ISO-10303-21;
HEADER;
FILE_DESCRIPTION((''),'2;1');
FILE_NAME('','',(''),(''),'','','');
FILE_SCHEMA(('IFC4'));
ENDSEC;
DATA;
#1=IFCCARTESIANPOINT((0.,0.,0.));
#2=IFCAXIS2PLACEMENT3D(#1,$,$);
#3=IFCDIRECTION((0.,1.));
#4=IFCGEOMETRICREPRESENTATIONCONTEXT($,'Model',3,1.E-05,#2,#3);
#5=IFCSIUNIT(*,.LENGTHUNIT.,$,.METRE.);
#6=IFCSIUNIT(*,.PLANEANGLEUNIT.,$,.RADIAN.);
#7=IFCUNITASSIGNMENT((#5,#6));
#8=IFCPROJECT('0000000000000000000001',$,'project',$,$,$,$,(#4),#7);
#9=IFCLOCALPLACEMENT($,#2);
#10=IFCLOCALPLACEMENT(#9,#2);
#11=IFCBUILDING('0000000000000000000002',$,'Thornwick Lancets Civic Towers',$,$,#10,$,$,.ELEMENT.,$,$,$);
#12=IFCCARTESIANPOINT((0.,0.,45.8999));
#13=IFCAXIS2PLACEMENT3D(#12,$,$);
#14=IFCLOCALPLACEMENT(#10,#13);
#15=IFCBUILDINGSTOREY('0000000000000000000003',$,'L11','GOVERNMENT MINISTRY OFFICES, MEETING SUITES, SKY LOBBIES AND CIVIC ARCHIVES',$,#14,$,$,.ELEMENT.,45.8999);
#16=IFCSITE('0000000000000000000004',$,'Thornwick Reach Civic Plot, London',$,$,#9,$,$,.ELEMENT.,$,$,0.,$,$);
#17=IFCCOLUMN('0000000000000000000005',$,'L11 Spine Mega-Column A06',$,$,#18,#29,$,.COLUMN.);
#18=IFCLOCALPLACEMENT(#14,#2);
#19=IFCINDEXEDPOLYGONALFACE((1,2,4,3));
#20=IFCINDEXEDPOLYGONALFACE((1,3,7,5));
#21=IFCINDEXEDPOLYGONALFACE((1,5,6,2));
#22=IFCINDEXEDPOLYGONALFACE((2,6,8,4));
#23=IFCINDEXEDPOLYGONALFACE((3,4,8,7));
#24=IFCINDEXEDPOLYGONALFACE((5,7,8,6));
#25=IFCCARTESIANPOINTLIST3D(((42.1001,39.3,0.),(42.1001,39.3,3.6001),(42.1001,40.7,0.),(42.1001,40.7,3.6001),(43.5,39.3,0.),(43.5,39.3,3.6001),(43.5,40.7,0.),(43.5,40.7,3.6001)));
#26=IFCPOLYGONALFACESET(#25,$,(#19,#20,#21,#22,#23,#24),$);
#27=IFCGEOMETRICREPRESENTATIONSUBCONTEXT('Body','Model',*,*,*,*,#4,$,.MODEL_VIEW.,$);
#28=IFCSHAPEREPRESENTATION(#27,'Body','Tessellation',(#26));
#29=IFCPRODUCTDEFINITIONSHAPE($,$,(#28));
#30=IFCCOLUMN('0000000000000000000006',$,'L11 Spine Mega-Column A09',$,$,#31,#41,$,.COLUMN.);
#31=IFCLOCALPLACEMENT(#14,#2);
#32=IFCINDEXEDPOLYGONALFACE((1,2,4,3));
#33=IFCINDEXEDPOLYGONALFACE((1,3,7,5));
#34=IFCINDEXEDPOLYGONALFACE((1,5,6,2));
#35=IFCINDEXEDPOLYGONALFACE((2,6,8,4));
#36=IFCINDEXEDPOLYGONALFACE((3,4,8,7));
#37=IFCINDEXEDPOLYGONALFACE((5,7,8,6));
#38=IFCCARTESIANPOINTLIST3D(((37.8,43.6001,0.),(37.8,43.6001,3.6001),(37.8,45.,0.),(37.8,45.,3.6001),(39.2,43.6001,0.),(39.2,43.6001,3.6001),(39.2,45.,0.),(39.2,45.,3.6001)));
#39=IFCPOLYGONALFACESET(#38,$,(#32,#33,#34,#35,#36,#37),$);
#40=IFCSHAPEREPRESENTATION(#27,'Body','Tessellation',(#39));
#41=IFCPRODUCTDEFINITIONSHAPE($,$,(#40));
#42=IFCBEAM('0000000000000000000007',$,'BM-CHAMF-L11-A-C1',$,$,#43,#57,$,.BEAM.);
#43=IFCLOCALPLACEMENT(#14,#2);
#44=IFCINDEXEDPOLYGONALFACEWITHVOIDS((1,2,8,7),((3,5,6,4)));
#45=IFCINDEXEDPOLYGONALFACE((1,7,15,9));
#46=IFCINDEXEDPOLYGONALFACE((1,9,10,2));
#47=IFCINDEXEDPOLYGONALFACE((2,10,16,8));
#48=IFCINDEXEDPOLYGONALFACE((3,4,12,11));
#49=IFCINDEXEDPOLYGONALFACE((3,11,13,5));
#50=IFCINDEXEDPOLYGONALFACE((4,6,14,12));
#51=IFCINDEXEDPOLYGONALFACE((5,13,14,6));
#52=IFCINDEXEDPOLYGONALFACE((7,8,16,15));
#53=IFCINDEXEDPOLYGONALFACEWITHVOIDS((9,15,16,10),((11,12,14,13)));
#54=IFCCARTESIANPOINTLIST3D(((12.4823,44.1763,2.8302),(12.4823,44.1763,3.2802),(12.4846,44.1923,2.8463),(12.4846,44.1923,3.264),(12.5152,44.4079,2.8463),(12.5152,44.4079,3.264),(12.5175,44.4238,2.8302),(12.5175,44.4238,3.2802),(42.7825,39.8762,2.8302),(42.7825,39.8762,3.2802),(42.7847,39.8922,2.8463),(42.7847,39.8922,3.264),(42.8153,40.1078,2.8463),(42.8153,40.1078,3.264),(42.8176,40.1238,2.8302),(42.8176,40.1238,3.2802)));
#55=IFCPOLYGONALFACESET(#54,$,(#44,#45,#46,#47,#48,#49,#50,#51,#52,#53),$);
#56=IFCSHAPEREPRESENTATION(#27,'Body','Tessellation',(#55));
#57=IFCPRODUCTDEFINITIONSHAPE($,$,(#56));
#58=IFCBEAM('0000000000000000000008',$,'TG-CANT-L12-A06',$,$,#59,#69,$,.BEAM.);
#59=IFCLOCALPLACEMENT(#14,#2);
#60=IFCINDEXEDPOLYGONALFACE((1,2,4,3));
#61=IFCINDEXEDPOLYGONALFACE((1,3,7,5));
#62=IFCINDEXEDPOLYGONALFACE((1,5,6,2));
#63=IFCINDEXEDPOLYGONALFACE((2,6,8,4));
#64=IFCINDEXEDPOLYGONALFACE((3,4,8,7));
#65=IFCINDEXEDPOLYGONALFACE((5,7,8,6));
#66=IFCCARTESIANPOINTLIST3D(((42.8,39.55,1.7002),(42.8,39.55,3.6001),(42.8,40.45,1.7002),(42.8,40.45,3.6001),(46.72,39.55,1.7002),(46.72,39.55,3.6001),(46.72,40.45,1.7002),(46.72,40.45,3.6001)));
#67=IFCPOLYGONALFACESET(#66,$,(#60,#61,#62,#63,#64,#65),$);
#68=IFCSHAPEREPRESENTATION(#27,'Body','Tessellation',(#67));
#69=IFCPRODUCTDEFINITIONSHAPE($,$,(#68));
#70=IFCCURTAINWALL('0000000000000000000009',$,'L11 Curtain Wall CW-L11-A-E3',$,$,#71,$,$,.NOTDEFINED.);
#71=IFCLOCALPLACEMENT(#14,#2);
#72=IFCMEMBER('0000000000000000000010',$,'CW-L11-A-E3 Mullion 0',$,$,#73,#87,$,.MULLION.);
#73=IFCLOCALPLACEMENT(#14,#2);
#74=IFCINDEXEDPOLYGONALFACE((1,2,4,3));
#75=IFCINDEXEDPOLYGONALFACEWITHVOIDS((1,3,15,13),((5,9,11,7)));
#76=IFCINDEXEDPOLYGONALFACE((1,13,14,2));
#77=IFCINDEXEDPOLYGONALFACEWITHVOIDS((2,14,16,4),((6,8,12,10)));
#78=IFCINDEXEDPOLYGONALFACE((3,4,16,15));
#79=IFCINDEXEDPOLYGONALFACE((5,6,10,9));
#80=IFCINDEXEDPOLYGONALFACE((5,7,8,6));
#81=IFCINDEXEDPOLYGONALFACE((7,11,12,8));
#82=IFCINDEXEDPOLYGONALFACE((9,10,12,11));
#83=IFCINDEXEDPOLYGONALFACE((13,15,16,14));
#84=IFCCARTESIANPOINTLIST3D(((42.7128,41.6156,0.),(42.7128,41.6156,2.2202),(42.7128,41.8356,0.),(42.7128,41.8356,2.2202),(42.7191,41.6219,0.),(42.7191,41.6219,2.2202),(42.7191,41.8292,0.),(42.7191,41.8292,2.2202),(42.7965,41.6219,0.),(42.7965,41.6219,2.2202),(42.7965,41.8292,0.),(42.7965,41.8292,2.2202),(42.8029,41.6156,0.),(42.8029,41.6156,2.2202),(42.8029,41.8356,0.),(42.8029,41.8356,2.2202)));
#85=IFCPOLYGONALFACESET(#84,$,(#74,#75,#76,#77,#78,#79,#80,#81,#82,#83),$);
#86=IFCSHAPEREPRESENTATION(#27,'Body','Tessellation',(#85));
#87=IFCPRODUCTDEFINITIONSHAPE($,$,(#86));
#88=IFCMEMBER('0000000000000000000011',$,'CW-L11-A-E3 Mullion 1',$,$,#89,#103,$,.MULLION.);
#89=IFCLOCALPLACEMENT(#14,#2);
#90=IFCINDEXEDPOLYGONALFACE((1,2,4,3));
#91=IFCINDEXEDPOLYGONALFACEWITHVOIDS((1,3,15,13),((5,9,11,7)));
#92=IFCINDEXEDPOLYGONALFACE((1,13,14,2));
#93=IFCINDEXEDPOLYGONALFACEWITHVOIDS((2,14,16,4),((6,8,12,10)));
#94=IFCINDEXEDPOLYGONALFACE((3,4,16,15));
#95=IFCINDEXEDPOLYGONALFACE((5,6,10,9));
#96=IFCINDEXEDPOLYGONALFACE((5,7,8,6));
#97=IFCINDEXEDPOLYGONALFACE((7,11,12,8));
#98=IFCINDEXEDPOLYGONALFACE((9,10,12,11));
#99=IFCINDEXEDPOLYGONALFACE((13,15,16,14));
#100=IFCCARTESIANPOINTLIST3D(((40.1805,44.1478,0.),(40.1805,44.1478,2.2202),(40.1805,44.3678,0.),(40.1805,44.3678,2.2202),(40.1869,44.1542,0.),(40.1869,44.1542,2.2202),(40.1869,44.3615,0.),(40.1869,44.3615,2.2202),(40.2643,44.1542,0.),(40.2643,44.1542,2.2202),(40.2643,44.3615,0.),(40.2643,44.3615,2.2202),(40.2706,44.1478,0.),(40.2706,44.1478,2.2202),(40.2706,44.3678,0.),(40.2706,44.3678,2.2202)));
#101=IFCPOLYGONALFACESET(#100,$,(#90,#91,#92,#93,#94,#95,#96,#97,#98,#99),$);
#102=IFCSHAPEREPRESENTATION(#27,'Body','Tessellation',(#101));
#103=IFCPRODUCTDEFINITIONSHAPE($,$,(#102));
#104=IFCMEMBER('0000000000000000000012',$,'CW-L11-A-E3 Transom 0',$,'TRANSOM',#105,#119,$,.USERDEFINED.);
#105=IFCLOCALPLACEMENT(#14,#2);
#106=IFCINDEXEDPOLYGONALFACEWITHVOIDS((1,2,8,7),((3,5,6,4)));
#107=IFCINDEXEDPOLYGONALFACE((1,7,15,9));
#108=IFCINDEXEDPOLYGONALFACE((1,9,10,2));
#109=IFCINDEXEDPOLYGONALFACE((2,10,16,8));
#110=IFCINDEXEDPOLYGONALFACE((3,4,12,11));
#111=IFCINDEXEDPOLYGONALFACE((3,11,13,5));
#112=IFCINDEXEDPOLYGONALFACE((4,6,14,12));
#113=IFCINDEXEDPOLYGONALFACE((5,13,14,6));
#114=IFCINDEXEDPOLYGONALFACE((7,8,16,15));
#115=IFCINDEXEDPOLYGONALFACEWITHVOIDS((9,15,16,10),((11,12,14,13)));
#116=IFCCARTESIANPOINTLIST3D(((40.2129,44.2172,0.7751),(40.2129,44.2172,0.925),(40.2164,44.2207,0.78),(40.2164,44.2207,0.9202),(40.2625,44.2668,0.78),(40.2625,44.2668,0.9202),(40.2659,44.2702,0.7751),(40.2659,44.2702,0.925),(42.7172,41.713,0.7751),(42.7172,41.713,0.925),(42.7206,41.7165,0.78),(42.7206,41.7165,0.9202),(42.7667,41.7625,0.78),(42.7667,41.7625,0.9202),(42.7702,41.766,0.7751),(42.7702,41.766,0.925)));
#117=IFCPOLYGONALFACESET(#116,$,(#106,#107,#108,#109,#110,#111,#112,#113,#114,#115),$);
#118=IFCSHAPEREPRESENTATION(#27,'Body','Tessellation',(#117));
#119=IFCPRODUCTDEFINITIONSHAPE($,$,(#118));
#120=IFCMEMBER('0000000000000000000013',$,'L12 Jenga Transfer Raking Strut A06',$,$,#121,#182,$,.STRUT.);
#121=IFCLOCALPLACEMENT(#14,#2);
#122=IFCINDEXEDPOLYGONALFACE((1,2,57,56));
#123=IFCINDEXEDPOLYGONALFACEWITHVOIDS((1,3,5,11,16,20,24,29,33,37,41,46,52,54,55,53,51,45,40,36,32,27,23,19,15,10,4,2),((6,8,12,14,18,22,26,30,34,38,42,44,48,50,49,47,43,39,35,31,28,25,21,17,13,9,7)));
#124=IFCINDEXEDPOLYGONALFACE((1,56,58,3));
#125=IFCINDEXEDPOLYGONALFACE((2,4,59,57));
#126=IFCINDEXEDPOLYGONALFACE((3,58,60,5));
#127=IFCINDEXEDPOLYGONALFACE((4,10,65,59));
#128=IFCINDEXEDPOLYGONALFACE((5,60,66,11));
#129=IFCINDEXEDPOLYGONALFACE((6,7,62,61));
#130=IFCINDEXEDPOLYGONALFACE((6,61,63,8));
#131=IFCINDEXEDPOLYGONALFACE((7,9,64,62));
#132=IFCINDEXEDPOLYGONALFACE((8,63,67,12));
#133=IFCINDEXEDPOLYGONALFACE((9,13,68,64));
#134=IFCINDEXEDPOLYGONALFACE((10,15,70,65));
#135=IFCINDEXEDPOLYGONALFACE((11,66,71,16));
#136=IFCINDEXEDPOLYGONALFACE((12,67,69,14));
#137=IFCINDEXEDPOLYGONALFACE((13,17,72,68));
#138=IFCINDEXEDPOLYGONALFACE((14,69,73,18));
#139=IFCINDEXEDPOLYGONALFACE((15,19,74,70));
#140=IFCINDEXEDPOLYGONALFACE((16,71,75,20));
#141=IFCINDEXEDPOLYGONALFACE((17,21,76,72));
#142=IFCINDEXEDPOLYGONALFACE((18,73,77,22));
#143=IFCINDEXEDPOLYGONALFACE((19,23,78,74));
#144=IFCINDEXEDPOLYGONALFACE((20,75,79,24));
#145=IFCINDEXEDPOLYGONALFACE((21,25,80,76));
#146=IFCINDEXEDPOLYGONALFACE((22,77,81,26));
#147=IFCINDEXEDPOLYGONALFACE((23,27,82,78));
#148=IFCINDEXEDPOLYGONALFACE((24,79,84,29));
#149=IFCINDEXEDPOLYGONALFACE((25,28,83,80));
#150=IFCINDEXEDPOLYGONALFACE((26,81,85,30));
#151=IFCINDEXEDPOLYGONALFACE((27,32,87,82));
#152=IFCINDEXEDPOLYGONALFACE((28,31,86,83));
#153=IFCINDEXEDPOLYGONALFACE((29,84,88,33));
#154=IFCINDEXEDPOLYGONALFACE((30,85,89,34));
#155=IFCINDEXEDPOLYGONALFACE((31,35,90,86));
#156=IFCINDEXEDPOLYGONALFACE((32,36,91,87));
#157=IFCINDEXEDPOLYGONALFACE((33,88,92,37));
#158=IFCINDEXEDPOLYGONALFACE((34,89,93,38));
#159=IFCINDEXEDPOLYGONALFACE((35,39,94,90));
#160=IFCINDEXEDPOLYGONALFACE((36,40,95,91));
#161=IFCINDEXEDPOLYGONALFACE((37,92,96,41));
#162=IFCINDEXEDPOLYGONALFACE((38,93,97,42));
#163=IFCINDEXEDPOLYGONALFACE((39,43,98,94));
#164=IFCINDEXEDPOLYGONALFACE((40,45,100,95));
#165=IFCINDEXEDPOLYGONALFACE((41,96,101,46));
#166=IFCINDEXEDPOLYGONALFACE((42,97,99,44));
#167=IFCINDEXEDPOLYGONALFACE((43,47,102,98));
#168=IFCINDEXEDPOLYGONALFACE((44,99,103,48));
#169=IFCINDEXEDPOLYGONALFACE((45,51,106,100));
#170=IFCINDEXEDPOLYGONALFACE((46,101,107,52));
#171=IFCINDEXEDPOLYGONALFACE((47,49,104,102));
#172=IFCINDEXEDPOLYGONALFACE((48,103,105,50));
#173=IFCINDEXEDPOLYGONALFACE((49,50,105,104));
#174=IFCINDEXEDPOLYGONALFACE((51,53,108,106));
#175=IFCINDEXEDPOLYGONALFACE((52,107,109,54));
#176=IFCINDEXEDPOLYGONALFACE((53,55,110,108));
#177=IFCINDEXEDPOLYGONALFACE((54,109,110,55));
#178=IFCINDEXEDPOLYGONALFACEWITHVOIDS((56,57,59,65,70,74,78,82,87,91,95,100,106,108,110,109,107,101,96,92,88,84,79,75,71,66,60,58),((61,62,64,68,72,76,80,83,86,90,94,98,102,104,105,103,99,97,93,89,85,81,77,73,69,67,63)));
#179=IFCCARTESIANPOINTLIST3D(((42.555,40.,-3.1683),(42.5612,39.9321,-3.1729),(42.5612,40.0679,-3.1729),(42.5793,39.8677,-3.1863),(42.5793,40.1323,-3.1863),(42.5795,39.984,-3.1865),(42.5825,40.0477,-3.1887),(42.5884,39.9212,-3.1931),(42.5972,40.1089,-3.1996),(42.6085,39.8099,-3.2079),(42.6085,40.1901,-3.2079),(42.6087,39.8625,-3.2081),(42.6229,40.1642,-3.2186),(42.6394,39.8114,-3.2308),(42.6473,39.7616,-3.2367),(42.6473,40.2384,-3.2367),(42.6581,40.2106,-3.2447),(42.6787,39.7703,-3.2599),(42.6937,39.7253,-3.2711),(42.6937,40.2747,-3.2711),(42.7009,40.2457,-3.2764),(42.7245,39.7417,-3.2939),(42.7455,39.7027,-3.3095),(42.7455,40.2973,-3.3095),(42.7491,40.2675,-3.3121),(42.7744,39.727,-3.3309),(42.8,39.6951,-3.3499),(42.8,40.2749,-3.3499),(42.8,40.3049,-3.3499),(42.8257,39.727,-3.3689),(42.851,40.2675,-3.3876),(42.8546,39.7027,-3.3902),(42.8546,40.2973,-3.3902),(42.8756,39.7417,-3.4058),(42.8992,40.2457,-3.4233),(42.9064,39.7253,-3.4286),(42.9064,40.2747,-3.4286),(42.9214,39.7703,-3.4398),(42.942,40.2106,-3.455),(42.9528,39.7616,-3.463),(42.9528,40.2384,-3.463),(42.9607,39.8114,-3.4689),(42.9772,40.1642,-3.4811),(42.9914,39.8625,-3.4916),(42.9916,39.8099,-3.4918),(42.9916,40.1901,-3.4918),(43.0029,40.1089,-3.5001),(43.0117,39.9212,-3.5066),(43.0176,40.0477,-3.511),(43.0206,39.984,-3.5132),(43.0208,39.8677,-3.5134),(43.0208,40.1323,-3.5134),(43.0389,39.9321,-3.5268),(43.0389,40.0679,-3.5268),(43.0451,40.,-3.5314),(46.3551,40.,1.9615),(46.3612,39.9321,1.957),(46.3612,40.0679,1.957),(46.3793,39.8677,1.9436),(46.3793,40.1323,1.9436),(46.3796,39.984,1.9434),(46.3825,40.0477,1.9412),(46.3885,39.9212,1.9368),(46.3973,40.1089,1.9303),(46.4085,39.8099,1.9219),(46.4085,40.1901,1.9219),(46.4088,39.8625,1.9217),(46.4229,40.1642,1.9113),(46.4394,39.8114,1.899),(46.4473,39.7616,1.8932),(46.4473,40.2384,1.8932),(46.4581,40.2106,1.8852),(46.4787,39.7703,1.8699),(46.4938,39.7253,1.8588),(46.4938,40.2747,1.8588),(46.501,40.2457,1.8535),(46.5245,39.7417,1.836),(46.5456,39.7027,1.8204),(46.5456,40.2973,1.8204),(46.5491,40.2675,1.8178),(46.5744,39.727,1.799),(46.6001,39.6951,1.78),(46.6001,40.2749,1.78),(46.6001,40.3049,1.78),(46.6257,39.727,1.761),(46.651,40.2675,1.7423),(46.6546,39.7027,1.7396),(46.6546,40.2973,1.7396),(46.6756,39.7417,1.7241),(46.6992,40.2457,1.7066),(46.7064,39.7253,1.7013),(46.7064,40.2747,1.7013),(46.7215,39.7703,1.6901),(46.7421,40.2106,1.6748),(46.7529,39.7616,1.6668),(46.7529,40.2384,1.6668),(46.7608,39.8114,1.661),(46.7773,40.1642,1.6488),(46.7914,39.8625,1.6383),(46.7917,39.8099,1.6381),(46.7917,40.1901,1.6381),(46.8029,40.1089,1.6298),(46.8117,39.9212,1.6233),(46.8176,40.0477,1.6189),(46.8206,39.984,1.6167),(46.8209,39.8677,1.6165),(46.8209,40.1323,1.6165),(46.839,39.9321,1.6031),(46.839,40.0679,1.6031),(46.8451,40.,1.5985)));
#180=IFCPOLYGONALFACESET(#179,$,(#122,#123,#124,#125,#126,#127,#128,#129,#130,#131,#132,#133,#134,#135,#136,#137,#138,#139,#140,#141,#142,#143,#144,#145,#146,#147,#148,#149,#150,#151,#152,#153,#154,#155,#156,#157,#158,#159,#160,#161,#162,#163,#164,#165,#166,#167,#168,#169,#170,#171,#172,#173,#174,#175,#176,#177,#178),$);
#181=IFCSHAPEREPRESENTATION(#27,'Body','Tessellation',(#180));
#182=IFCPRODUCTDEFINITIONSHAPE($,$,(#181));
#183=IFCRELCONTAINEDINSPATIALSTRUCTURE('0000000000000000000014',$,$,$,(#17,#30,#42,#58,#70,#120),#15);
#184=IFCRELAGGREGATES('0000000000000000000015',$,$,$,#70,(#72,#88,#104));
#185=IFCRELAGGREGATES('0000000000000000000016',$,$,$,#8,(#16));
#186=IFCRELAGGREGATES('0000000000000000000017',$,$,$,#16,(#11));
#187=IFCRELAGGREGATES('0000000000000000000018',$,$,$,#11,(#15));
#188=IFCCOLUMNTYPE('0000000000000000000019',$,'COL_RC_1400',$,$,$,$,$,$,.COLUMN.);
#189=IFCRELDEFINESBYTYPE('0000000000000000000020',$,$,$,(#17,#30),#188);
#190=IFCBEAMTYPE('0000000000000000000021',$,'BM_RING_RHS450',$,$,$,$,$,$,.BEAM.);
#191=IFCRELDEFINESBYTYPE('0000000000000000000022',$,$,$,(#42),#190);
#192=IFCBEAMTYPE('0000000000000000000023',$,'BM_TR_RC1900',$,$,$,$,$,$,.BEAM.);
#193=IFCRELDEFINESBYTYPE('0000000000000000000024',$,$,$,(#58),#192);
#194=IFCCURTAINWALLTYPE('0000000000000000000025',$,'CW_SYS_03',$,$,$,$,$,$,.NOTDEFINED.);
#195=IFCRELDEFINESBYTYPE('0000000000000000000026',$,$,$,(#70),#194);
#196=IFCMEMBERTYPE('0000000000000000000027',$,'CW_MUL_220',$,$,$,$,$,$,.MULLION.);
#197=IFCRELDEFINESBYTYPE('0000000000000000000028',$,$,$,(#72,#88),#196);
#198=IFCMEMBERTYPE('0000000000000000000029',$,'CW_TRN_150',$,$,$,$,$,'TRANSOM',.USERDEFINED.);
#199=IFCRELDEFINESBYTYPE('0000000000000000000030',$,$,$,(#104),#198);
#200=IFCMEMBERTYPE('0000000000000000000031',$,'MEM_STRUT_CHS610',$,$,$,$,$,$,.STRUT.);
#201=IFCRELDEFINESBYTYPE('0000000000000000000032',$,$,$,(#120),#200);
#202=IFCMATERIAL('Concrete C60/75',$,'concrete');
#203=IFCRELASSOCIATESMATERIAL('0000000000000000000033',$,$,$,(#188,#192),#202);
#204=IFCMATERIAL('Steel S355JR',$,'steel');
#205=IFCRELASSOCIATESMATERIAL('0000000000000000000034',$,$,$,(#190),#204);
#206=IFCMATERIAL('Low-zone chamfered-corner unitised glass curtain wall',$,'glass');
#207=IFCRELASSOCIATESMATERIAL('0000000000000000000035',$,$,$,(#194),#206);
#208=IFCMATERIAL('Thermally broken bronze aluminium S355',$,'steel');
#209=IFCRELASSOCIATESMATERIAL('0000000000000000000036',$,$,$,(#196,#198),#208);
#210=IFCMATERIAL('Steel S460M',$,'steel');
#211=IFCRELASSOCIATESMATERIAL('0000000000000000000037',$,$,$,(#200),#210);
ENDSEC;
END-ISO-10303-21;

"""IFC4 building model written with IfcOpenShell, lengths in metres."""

from ifc_helpers import new_model, si_unit, direction, frame, origin, origin_2d, place, context, subcontext, project, spatial, rectangle, hollow_rectangle, hollow_circle, extrude, material, material_profile, profile_set, type_object, element, aggregate, save


model = new_model("IFC4")

# Units and contexts
model_context = context("Model", 3, precision=1e-05, world=origin(), true_north=direction((0.0, 1.0)))
body_context = subcontext(model_context, "Body", "Model", "MODEL_VIEW")
ifc_project = project(units=[si_unit("LENGTHUNIT", "METRE"), si_unit("PLANEANGLEUNIT", "RADIAN")], contexts=[model_context])

# Site, building, storey
site_placement = place(None, origin())
site = spatial("IfcSite", under=ifc_project, at=site_placement, Name="Thornwick Reach Civic Plot, London", CompositionType="ELEMENT", RefElevation=0.0)
building_placement = place(site_placement, origin())
building = spatial("IfcBuilding", under=site, at=building_placement, Name="Thornwick Lancets Civic Towers", CompositionType="ELEMENT")
storey_placement = place(building_placement, frame((0.0, 0.0, 45.8999)))
storey = spatial("IfcBuildingStorey", under=building, at=storey_placement, Name="L11", Description="GOVERNMENT MINISTRY OFFICES, MEETING SUITES, SKY LOBBIES AND CIVIC ARCHIVES", CompositionType="ELEMENT", Elevation=45.8999)

# Columns
ifc_material_1 = material(Name="Concrete C60/75", Category="concrete")
ifc_material_profile_1 = material_profile(ifc_material_1, rectangle(XDim=1.3999, YDim=1.3999, at=origin_2d()), Name="RC 1400x1400")
ifc_profile_set_1 = profile_set([ifc_material_profile_1], Name="Concrete C60/75")
column_type = type_object("IfcColumnType", Name="COL_RC_1400", PredefinedType="COLUMN", material=ifc_profile_set_1)
for number, where, z_axis, x_axis, name in (
    (1, (42.8, 40.0, 0.0), (0.0, 0.0, 1.0), (1.0, 0.0, 0.0), "L11 Spine Mega-Column A06"),
    (2, (38.5, 44.3, 0.0), (0.0, 0.0, 1.0), (1.0, 0.0, 0.0), "L11 Spine Mega-Column A09"),
):
    element("IfcColumn", number, at=place(storey_placement, frame(where, z_axis=z_axis, x_axis=x_axis)), inside=storey, type_object=column_type, Name=name, PredefinedType="COLUMN", context=body_context, shape_type="SweptSolid", body=[
        extrude(rectangle(XDim=1.3999, YDim=1.3999, at=origin_2d()), origin(), (0.0, 0.0, 1.0), 3.6001),
    ])

# Beams
ifc_material_2 = material(Name="Steel S355JR", Category="steel")
ifc_material_profile_2 = material_profile(ifc_material_2, hollow_rectangle(XDim=0.25, YDim=0.45, WallThickness=0.0161, at=origin_2d()), Name="RHS 450x250x16")
ifc_profile_set_2 = profile_set([ifc_material_profile_2], Name="Steel S355JR")
beam_type_1 = type_object("IfcBeamType", Name="BM_RING_RHS450", PredefinedType="BEAM", material=ifc_profile_set_2)
beam_1_placement = place(storey_placement, frame((42.8, 40.0, 3.0552), z_axis=(-0.99008, 0.140508, 0.0), x_axis=(-0.140508, -0.99008, 0.0)))
element("IfcBeam", 3, at=beam_1_placement, inside=storey, type_object=beam_type_1, Name="BM-CHAMF-L11-A-C1", PredefinedType="BEAM", context=body_context, shape_type="SweptSolid", body=[
    extrude(hollow_rectangle(XDim=0.25, YDim=0.45, WallThickness=0.0161, at=origin_2d()), origin(), (0.0, 0.0, 1.0), 30.6038),
])
ifc_material_profile_3 = material_profile(ifc_material_1, rectangle(XDim=0.8999, YDim=1.8999, at=origin_2d()), Name="RC 900x1900")
ifc_profile_set_3 = profile_set([ifc_material_profile_3], Name="Concrete C60/75")
beam_type_2 = type_object("IfcBeamType", Name="BM_TR_RC1900", PredefinedType="BEAM", material=ifc_profile_set_3)
beam_2_placement = place(storey_placement, frame((42.8, 40.0, 2.6501), z_axis=(1.0, 0.0, 0.0), x_axis=(0.0, 1.0, 0.0)))
element("IfcBeam", 4, at=beam_2_placement, inside=storey, type_object=beam_type_2, Name="TG-CANT-L12-A06", PredefinedType="BEAM", context=body_context, shape_type="SweptSolid", body=[
    extrude(rectangle(XDim=0.8999, YDim=1.8999, at=origin_2d()), origin(), (0.0, 0.0, 1.0), 3.9199),
])

# Curtain wall, members
ifc_material_3 = material(Name="Low-zone chamfered-corner unitised glass curtain wall", Category="glass")
curtain_wall_type = type_object("IfcCurtainWallType", Name="CW_SYS_03", PredefinedType="NOTDEFINED", material=ifc_material_3)
curtain_wall_placement = place(storey_placement, origin())
curtain_wall = element("IfcCurtainWall", 5, at=curtain_wall_placement, inside=storey, type_object=curtain_wall_type, Name="L11 Curtain Wall CW-L11-A-E3", PredefinedType="NOTDEFINED")
ifc_material_4 = material(Name="Thermally broken bronze aluminium S355", Category="steel")
ifc_material_profile_4 = material_profile(ifc_material_4, hollow_rectangle(XDim=0.0901, YDim=0.22, WallThickness=0.0063, at=origin_2d()), Name="RHS 220x90x6.3")
ifc_profile_set_4 = profile_set([ifc_material_profile_4], Name="Thermally broken bronze aluminium S355")
member_type_1 = type_object("IfcMemberType", Name="CW_MUL_220", PredefinedType="MULLION", material=ifc_profile_set_4)
member_1_placement = place(storey_placement, frame((42.7578, 41.7256, 0.0), z_axis=(0.0, 0.0, 1.0), x_axis=(1.0, 0.0, 0.0)))
member_1 = element("IfcMember", 6, at=member_1_placement, type_object=member_type_1, Name="CW-L11-A-E3 Mullion 0", PredefinedType="MULLION", context=body_context, shape_type="SweptSolid", body=[
    extrude(hollow_rectangle(XDim=0.0901, YDim=0.22, WallThickness=0.0063, at=origin_2d()), origin(), (0.0, 0.0, 1.0), 2.2202),
])
member_2_placement = place(storey_placement, frame((40.2256, 44.2578, 0.0), z_axis=(0.0, 0.0, 1.0), x_axis=(1.0, 0.0, 0.0)))
member_2 = element("IfcMember", 7, at=member_2_placement, type_object=member_type_1, Name="CW-L11-A-E3 Mullion 1", PredefinedType="MULLION", context=body_context, shape_type="SweptSolid", body=[
    extrude(hollow_rectangle(XDim=0.0901, YDim=0.22, WallThickness=0.0063, at=origin_2d()), origin(), (0.0, 0.0, 1.0), 2.2202),
])
ifc_material_profile_5 = material_profile(ifc_material_4, hollow_rectangle(XDim=0.075, YDim=0.1499, WallThickness=0.0049, at=origin_2d()), Name="RHS 150x75x5")
ifc_profile_set_5 = profile_set([ifc_material_profile_5], Name="Thermally broken bronze aluminium S355")
member_type_2 = type_object("IfcMemberType", Name="CW_TRN_150", ElementType="TRANSOM", PredefinedType="USERDEFINED", material=ifc_profile_set_5)
member_3_placement = place(storey_placement, frame((42.7437, 41.7395, 0.8501), z_axis=(-0.707107, 0.707107, 0.0), x_axis=(-0.707107, -0.707107, 0.0)))
member_3 = element("IfcMember", 8, at=member_3_placement, type_object=member_type_2, Name="CW-L11-A-E3 Transom 0", ObjectType="TRANSOM", PredefinedType="USERDEFINED", context=body_context, shape_type="SweptSolid", body=[
    extrude(hollow_rectangle(XDim=0.075, YDim=0.1499, WallThickness=0.0049, at=origin_2d()), origin(), (0.0, 0.0, 1.0), 3.5415),
])

# Member
ifc_material_5 = material(Name="Steel S460M", Category="steel")
ifc_material_profile_6 = material_profile(ifc_material_5, hollow_circle(Radius=0.3049, WallThickness=0.03, at=origin_2d()), Name="CHS 610x30")
ifc_profile_set_6 = profile_set([ifc_material_profile_6], Name="Steel S460M")
member_type_3 = type_object("IfcMemberType", Name="MEM_STRUT_CHS610", PredefinedType="STRUT", material=ifc_profile_set_6)
member_4_placement = place(storey_placement, frame((42.8, 40.0, -3.3499), z_axis=(0.595241, 0.0, 0.803547), x_axis=(0.0, 1.0, 0.0)))
element("IfcMember", 9, at=member_4_placement, inside=storey, type_object=member_type_3, Name="L12 Jenga Transfer Raking Strut A06", PredefinedType="STRUT", context=body_context, shape_type="SweptSolid", body=[
    extrude(hollow_circle(Radius=0.3049, WallThickness=0.03, at=origin_2d()), origin(), (0.0, 0.0, 1.0), 6.384),
])

aggregate(curtain_wall, [member_1, member_2, member_3])

save(model, "model.ifc")
